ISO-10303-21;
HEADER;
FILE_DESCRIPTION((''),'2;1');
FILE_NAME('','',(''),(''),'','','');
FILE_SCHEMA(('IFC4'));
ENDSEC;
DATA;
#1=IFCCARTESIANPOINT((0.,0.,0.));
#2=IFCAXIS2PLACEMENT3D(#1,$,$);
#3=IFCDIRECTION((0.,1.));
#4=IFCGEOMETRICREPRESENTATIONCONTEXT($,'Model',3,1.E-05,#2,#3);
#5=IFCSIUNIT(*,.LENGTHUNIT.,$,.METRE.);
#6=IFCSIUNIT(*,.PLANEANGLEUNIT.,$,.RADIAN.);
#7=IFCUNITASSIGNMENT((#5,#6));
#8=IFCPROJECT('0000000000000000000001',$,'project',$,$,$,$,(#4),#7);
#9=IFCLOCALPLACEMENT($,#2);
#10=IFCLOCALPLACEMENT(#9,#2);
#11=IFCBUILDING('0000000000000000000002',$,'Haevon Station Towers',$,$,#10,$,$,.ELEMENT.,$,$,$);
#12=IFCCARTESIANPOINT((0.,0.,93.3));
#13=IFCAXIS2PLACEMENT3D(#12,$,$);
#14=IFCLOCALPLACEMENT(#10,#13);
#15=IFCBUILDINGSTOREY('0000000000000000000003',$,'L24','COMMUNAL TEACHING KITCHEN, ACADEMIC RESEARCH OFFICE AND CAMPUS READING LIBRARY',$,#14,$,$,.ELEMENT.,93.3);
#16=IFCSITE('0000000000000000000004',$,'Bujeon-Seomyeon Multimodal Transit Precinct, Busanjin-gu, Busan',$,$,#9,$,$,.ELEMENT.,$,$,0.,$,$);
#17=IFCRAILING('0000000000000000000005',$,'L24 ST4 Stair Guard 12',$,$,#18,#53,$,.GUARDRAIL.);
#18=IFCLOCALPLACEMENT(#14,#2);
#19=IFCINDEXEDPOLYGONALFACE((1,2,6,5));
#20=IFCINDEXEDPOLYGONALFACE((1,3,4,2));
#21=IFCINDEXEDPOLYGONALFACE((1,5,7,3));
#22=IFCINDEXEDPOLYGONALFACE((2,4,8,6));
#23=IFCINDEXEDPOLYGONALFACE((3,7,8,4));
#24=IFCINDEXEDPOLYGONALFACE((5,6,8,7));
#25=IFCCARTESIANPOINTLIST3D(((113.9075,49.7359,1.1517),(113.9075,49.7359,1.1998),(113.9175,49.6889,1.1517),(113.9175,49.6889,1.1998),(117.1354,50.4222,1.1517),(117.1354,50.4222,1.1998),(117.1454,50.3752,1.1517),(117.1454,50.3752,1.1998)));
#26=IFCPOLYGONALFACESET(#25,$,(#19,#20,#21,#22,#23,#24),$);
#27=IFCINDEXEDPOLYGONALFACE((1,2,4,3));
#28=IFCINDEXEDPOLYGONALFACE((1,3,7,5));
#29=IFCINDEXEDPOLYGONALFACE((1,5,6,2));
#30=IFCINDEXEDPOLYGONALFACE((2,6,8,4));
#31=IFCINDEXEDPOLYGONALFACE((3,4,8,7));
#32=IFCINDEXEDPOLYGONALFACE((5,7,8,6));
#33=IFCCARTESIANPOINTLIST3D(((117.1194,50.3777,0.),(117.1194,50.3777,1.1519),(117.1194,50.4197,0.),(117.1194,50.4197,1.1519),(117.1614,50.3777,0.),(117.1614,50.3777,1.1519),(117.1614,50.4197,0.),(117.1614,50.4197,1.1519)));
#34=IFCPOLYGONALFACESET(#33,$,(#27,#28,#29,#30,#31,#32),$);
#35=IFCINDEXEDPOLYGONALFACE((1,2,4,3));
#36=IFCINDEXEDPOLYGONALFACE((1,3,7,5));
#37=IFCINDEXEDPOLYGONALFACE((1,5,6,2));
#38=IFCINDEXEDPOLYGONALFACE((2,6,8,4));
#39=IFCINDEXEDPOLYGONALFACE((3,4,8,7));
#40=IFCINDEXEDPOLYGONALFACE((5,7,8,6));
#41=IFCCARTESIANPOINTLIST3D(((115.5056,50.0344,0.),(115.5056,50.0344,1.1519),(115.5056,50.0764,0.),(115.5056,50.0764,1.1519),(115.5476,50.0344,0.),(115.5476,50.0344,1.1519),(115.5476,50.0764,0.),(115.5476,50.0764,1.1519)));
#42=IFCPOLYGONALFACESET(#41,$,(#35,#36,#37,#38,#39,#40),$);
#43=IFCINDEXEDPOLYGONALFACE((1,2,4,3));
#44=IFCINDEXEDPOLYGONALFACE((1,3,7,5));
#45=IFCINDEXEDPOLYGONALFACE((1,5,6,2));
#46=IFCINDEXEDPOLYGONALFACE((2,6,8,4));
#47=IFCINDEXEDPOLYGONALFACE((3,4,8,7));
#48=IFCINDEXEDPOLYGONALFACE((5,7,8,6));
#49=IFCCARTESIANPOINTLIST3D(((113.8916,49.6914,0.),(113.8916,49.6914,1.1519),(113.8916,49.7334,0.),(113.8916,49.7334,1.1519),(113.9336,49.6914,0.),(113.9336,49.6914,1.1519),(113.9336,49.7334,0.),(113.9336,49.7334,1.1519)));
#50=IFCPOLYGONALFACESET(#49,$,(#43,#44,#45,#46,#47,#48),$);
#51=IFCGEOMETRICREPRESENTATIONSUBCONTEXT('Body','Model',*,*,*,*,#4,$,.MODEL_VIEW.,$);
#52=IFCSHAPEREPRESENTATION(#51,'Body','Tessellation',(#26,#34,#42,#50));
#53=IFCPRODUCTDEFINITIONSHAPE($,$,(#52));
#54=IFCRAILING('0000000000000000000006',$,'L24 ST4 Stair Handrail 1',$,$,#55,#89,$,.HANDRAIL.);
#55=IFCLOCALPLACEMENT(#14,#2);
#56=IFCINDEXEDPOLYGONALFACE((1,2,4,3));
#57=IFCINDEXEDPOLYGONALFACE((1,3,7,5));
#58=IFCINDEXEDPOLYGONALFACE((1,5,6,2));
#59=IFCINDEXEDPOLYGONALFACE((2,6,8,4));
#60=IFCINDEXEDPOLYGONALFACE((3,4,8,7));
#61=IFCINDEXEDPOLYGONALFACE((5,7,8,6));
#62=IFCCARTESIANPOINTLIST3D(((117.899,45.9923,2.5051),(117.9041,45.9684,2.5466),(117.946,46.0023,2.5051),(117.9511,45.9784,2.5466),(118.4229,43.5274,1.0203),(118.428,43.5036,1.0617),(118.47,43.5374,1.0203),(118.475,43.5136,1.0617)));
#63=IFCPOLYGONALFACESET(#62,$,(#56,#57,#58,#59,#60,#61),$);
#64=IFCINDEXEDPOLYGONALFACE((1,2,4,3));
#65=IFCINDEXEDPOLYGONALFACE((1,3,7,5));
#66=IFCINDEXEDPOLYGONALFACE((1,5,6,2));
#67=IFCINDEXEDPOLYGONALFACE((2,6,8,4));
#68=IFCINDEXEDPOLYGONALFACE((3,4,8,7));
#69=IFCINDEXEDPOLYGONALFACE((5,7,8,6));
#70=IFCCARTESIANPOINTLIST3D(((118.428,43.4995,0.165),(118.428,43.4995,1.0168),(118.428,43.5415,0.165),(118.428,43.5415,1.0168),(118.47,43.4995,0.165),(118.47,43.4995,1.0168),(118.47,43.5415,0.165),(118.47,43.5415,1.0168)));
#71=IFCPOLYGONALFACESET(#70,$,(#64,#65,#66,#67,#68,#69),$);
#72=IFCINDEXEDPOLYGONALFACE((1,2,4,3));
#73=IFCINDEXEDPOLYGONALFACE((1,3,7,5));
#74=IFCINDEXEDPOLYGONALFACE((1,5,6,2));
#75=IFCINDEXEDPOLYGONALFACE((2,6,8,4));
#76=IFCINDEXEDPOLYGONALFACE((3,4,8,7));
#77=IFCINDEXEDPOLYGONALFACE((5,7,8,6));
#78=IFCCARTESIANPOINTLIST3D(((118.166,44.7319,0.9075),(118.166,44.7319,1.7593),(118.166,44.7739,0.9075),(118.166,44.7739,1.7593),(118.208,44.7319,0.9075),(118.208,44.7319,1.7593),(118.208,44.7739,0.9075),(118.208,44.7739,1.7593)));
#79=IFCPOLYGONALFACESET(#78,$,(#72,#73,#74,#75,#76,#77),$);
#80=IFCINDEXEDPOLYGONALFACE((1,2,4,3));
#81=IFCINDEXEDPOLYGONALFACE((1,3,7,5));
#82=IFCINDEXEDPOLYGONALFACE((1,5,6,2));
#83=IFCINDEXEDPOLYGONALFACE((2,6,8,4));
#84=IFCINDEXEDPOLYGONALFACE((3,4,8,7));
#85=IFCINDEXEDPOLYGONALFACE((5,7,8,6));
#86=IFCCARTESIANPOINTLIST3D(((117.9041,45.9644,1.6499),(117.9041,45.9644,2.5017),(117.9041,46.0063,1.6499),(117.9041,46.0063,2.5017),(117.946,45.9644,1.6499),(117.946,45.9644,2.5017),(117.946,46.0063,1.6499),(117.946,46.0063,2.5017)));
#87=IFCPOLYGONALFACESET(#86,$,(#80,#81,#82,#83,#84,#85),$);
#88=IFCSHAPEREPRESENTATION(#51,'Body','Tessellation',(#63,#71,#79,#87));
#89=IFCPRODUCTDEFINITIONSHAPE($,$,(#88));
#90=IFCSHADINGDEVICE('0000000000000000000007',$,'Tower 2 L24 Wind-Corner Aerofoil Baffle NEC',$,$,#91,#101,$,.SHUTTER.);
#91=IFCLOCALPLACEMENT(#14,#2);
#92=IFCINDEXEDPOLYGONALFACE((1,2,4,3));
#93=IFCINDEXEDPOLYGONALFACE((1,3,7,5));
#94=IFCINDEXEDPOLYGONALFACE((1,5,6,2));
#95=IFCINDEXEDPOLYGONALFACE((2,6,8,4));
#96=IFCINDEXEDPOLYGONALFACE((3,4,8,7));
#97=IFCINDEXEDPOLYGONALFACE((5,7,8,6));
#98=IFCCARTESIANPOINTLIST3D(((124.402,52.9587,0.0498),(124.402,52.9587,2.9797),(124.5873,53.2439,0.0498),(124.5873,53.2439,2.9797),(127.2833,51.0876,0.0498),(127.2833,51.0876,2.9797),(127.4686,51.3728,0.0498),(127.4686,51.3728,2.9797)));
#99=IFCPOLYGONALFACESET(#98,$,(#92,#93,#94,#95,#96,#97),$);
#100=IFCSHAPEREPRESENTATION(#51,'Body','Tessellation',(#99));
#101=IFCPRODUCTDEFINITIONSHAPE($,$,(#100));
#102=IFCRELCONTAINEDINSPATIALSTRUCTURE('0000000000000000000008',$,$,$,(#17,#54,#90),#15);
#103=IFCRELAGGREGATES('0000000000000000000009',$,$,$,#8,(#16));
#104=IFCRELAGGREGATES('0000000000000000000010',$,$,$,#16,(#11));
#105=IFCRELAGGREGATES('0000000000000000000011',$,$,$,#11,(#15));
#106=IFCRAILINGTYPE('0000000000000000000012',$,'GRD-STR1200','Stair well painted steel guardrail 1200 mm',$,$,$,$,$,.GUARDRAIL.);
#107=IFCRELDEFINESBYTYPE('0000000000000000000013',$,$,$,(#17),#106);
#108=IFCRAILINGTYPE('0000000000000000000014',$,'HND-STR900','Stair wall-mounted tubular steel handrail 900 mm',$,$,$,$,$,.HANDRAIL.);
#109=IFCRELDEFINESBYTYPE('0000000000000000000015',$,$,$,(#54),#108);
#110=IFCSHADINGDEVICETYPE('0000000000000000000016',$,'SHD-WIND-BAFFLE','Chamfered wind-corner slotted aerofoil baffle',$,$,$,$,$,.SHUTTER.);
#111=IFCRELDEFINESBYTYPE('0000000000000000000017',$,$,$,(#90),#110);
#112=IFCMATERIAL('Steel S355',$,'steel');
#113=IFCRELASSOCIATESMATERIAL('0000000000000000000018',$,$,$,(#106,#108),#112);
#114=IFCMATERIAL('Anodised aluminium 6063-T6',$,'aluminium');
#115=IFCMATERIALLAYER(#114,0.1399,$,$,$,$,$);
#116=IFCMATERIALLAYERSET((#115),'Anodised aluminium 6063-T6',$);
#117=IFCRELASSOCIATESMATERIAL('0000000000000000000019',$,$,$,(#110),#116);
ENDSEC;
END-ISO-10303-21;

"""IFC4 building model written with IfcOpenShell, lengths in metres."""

from ifc_helpers import new_model, si_unit, direction, frame, origin, origin_2d, place, context, subcontext, project, spatial, rectangle, extrude, material, layer, layer_set, type_object, element, save


model = new_model("IFC4")

# Units and contexts
model_context = context("Model", 3, precision=1e-05, world=origin(), true_north=direction((0.0, 1.0)))
body_context = subcontext(model_context, "Body", "Model", "MODEL_VIEW")
ifc_project = project(units=[si_unit("LENGTHUNIT", "METRE"), si_unit("PLANEANGLEUNIT", "RADIAN")], contexts=[model_context])

# Site, building, storey
site_placement = place(None, origin())
site = spatial("IfcSite", under=ifc_project, at=site_placement, Name="Bujeon-Seomyeon Multimodal Transit Precinct, Busanjin-gu, Busan", CompositionType="ELEMENT", RefElevation=0.0)
building_placement = place(site_placement, origin())
building = spatial("IfcBuilding", under=site, at=building_placement, Name="Haevon Station Towers", CompositionType="ELEMENT")
storey_placement = place(building_placement, frame((0.0, 0.0, 93.3)))
storey = spatial("IfcBuildingStorey", under=building, at=storey_placement, Name="L24", Description="COMMUNAL TEACHING KITCHEN, ACADEMIC RESEARCH OFFICE AND CAMPUS READING LIBRARY", CompositionType="ELEMENT", Elevation=93.3)

# Shared definitions
ifc_material_1 = material(Name="Steel S355", Category="steel")

# Railings
railing_type_1 = type_object("IfcRailingType", Name="GRD-STR1200", Description="Stair well painted steel guardrail 1200 mm", PredefinedType="GUARDRAIL", material=ifc_material_1)
railing_1_placement = place(storey_placement, frame((117.1404, 50.3987, 0.0)))
element("IfcRailing", 1, at=railing_1_placement, inside=storey, type_object=railing_type_1, Name="L24 ST4 Stair Guard 12", PredefinedType="GUARDRAIL", context=body_context, shape_type="SweptSolid", body=[
    extrude(rectangle(XDim=0.0481, YDim=0.0481, at=origin_2d()), frame((0.0, 0.0, 1.1758), z_axis=(-0.978136, -0.207968, 0.0), x_axis=(0.207968, -0.978136, 0.0)), (0.0, 0.0, 1.0), 3.3),
    extrude(rectangle(XDim=0.042, YDim=0.042, at=origin_2d()), origin(), (0.0, 0.0, 1.0), 1.1519),
    extrude(rectangle(XDim=0.042, YDim=0.042, at=origin_2d()), frame((-1.6138, -0.3433, 0.0)), (0.0, 0.0, 1.0), 1.1519),
    extrude(rectangle(XDim=0.042, YDim=0.042, at=origin_2d()), frame((-3.2278, -0.6863, 0.0)), (0.0, 0.0, 1.0), 1.1519),
])
railing_type_2 = type_object("IfcRailingType", Name="HND-STR900", Description="Stair wall-mounted tubular steel handrail 900 mm", PredefinedType="HANDRAIL", material=ifc_material_1)
railing_2_placement = place(storey_placement, frame((118.449, 43.5205, 0.165)))
element("IfcRailing", 2, at=railing_2_placement, inside=storey, type_object=railing_type_2, Name="L24 ST4 Stair Handrail 1", PredefinedType="HANDRAIL", context=body_context, shape_type="SweptSolid", body=[
    extrude(rectangle(XDim=0.0481, YDim=0.0481, at=origin_2d()), frame((0.0, 0.0, 0.876), z_axis=(-0.179129, 0.842724, 0.507671), x_axis=(-0.978147, -0.207914, 0.0)), (0.0, 0.0, 1.0), 2.9248),
    extrude(rectangle(XDim=0.042, YDim=0.042, at=origin_2d()), origin(), (0.0, 0.0, 1.0), 0.8518),
    extrude(rectangle(XDim=0.042, YDim=0.042, at=origin_2d()), frame((-0.262, 1.2324, 0.7424)), (0.0, 0.0, 1.0), 0.8518),
    extrude(rectangle(XDim=0.042, YDim=0.042, at=origin_2d()), frame((-0.5239, 2.4648, 1.4849)), (0.0, 0.0, 1.0), 0.8518),
])

# Shading device
ifc_material_2 = material(Name="Anodised aluminium 6063-T6", Category="aluminium")
ifc_layer_1 = layer(ifc_material_2, 0.1399)
ifc_layer_set_1 = layer_set([ifc_layer_1], Name="Anodised aluminium 6063-T6")
shading_device_type = type_object("IfcShadingDeviceType", Name="SHD-WIND-BAFFLE", Description="Chamfered wind-corner slotted aerofoil baffle", PredefinedType="SHUTTER", material=ifc_layer_set_1)
shading_device_placement = place(storey_placement, frame((125.9353, 52.1658, 0.0498), z_axis=(0.0, 0.0, 1.0), x_axis=(0.838671, -0.544639, 0.0)))
element("IfcShadingDevice", 3, at=shading_device_placement, inside=storey, type_object=shading_device_type, Name="Tower 2 L24 Wind-Corner Aerofoil Baffle NEC", PredefinedType="SHUTTER", context=body_context, shape_type="SweptSolid", body=[
    extrude(rectangle(XDim=3.4355, YDim=0.3401, at=origin_2d()), origin(), (0.0, 0.0, 1.0), 2.9299),
])

save(model, "model.ifc")
